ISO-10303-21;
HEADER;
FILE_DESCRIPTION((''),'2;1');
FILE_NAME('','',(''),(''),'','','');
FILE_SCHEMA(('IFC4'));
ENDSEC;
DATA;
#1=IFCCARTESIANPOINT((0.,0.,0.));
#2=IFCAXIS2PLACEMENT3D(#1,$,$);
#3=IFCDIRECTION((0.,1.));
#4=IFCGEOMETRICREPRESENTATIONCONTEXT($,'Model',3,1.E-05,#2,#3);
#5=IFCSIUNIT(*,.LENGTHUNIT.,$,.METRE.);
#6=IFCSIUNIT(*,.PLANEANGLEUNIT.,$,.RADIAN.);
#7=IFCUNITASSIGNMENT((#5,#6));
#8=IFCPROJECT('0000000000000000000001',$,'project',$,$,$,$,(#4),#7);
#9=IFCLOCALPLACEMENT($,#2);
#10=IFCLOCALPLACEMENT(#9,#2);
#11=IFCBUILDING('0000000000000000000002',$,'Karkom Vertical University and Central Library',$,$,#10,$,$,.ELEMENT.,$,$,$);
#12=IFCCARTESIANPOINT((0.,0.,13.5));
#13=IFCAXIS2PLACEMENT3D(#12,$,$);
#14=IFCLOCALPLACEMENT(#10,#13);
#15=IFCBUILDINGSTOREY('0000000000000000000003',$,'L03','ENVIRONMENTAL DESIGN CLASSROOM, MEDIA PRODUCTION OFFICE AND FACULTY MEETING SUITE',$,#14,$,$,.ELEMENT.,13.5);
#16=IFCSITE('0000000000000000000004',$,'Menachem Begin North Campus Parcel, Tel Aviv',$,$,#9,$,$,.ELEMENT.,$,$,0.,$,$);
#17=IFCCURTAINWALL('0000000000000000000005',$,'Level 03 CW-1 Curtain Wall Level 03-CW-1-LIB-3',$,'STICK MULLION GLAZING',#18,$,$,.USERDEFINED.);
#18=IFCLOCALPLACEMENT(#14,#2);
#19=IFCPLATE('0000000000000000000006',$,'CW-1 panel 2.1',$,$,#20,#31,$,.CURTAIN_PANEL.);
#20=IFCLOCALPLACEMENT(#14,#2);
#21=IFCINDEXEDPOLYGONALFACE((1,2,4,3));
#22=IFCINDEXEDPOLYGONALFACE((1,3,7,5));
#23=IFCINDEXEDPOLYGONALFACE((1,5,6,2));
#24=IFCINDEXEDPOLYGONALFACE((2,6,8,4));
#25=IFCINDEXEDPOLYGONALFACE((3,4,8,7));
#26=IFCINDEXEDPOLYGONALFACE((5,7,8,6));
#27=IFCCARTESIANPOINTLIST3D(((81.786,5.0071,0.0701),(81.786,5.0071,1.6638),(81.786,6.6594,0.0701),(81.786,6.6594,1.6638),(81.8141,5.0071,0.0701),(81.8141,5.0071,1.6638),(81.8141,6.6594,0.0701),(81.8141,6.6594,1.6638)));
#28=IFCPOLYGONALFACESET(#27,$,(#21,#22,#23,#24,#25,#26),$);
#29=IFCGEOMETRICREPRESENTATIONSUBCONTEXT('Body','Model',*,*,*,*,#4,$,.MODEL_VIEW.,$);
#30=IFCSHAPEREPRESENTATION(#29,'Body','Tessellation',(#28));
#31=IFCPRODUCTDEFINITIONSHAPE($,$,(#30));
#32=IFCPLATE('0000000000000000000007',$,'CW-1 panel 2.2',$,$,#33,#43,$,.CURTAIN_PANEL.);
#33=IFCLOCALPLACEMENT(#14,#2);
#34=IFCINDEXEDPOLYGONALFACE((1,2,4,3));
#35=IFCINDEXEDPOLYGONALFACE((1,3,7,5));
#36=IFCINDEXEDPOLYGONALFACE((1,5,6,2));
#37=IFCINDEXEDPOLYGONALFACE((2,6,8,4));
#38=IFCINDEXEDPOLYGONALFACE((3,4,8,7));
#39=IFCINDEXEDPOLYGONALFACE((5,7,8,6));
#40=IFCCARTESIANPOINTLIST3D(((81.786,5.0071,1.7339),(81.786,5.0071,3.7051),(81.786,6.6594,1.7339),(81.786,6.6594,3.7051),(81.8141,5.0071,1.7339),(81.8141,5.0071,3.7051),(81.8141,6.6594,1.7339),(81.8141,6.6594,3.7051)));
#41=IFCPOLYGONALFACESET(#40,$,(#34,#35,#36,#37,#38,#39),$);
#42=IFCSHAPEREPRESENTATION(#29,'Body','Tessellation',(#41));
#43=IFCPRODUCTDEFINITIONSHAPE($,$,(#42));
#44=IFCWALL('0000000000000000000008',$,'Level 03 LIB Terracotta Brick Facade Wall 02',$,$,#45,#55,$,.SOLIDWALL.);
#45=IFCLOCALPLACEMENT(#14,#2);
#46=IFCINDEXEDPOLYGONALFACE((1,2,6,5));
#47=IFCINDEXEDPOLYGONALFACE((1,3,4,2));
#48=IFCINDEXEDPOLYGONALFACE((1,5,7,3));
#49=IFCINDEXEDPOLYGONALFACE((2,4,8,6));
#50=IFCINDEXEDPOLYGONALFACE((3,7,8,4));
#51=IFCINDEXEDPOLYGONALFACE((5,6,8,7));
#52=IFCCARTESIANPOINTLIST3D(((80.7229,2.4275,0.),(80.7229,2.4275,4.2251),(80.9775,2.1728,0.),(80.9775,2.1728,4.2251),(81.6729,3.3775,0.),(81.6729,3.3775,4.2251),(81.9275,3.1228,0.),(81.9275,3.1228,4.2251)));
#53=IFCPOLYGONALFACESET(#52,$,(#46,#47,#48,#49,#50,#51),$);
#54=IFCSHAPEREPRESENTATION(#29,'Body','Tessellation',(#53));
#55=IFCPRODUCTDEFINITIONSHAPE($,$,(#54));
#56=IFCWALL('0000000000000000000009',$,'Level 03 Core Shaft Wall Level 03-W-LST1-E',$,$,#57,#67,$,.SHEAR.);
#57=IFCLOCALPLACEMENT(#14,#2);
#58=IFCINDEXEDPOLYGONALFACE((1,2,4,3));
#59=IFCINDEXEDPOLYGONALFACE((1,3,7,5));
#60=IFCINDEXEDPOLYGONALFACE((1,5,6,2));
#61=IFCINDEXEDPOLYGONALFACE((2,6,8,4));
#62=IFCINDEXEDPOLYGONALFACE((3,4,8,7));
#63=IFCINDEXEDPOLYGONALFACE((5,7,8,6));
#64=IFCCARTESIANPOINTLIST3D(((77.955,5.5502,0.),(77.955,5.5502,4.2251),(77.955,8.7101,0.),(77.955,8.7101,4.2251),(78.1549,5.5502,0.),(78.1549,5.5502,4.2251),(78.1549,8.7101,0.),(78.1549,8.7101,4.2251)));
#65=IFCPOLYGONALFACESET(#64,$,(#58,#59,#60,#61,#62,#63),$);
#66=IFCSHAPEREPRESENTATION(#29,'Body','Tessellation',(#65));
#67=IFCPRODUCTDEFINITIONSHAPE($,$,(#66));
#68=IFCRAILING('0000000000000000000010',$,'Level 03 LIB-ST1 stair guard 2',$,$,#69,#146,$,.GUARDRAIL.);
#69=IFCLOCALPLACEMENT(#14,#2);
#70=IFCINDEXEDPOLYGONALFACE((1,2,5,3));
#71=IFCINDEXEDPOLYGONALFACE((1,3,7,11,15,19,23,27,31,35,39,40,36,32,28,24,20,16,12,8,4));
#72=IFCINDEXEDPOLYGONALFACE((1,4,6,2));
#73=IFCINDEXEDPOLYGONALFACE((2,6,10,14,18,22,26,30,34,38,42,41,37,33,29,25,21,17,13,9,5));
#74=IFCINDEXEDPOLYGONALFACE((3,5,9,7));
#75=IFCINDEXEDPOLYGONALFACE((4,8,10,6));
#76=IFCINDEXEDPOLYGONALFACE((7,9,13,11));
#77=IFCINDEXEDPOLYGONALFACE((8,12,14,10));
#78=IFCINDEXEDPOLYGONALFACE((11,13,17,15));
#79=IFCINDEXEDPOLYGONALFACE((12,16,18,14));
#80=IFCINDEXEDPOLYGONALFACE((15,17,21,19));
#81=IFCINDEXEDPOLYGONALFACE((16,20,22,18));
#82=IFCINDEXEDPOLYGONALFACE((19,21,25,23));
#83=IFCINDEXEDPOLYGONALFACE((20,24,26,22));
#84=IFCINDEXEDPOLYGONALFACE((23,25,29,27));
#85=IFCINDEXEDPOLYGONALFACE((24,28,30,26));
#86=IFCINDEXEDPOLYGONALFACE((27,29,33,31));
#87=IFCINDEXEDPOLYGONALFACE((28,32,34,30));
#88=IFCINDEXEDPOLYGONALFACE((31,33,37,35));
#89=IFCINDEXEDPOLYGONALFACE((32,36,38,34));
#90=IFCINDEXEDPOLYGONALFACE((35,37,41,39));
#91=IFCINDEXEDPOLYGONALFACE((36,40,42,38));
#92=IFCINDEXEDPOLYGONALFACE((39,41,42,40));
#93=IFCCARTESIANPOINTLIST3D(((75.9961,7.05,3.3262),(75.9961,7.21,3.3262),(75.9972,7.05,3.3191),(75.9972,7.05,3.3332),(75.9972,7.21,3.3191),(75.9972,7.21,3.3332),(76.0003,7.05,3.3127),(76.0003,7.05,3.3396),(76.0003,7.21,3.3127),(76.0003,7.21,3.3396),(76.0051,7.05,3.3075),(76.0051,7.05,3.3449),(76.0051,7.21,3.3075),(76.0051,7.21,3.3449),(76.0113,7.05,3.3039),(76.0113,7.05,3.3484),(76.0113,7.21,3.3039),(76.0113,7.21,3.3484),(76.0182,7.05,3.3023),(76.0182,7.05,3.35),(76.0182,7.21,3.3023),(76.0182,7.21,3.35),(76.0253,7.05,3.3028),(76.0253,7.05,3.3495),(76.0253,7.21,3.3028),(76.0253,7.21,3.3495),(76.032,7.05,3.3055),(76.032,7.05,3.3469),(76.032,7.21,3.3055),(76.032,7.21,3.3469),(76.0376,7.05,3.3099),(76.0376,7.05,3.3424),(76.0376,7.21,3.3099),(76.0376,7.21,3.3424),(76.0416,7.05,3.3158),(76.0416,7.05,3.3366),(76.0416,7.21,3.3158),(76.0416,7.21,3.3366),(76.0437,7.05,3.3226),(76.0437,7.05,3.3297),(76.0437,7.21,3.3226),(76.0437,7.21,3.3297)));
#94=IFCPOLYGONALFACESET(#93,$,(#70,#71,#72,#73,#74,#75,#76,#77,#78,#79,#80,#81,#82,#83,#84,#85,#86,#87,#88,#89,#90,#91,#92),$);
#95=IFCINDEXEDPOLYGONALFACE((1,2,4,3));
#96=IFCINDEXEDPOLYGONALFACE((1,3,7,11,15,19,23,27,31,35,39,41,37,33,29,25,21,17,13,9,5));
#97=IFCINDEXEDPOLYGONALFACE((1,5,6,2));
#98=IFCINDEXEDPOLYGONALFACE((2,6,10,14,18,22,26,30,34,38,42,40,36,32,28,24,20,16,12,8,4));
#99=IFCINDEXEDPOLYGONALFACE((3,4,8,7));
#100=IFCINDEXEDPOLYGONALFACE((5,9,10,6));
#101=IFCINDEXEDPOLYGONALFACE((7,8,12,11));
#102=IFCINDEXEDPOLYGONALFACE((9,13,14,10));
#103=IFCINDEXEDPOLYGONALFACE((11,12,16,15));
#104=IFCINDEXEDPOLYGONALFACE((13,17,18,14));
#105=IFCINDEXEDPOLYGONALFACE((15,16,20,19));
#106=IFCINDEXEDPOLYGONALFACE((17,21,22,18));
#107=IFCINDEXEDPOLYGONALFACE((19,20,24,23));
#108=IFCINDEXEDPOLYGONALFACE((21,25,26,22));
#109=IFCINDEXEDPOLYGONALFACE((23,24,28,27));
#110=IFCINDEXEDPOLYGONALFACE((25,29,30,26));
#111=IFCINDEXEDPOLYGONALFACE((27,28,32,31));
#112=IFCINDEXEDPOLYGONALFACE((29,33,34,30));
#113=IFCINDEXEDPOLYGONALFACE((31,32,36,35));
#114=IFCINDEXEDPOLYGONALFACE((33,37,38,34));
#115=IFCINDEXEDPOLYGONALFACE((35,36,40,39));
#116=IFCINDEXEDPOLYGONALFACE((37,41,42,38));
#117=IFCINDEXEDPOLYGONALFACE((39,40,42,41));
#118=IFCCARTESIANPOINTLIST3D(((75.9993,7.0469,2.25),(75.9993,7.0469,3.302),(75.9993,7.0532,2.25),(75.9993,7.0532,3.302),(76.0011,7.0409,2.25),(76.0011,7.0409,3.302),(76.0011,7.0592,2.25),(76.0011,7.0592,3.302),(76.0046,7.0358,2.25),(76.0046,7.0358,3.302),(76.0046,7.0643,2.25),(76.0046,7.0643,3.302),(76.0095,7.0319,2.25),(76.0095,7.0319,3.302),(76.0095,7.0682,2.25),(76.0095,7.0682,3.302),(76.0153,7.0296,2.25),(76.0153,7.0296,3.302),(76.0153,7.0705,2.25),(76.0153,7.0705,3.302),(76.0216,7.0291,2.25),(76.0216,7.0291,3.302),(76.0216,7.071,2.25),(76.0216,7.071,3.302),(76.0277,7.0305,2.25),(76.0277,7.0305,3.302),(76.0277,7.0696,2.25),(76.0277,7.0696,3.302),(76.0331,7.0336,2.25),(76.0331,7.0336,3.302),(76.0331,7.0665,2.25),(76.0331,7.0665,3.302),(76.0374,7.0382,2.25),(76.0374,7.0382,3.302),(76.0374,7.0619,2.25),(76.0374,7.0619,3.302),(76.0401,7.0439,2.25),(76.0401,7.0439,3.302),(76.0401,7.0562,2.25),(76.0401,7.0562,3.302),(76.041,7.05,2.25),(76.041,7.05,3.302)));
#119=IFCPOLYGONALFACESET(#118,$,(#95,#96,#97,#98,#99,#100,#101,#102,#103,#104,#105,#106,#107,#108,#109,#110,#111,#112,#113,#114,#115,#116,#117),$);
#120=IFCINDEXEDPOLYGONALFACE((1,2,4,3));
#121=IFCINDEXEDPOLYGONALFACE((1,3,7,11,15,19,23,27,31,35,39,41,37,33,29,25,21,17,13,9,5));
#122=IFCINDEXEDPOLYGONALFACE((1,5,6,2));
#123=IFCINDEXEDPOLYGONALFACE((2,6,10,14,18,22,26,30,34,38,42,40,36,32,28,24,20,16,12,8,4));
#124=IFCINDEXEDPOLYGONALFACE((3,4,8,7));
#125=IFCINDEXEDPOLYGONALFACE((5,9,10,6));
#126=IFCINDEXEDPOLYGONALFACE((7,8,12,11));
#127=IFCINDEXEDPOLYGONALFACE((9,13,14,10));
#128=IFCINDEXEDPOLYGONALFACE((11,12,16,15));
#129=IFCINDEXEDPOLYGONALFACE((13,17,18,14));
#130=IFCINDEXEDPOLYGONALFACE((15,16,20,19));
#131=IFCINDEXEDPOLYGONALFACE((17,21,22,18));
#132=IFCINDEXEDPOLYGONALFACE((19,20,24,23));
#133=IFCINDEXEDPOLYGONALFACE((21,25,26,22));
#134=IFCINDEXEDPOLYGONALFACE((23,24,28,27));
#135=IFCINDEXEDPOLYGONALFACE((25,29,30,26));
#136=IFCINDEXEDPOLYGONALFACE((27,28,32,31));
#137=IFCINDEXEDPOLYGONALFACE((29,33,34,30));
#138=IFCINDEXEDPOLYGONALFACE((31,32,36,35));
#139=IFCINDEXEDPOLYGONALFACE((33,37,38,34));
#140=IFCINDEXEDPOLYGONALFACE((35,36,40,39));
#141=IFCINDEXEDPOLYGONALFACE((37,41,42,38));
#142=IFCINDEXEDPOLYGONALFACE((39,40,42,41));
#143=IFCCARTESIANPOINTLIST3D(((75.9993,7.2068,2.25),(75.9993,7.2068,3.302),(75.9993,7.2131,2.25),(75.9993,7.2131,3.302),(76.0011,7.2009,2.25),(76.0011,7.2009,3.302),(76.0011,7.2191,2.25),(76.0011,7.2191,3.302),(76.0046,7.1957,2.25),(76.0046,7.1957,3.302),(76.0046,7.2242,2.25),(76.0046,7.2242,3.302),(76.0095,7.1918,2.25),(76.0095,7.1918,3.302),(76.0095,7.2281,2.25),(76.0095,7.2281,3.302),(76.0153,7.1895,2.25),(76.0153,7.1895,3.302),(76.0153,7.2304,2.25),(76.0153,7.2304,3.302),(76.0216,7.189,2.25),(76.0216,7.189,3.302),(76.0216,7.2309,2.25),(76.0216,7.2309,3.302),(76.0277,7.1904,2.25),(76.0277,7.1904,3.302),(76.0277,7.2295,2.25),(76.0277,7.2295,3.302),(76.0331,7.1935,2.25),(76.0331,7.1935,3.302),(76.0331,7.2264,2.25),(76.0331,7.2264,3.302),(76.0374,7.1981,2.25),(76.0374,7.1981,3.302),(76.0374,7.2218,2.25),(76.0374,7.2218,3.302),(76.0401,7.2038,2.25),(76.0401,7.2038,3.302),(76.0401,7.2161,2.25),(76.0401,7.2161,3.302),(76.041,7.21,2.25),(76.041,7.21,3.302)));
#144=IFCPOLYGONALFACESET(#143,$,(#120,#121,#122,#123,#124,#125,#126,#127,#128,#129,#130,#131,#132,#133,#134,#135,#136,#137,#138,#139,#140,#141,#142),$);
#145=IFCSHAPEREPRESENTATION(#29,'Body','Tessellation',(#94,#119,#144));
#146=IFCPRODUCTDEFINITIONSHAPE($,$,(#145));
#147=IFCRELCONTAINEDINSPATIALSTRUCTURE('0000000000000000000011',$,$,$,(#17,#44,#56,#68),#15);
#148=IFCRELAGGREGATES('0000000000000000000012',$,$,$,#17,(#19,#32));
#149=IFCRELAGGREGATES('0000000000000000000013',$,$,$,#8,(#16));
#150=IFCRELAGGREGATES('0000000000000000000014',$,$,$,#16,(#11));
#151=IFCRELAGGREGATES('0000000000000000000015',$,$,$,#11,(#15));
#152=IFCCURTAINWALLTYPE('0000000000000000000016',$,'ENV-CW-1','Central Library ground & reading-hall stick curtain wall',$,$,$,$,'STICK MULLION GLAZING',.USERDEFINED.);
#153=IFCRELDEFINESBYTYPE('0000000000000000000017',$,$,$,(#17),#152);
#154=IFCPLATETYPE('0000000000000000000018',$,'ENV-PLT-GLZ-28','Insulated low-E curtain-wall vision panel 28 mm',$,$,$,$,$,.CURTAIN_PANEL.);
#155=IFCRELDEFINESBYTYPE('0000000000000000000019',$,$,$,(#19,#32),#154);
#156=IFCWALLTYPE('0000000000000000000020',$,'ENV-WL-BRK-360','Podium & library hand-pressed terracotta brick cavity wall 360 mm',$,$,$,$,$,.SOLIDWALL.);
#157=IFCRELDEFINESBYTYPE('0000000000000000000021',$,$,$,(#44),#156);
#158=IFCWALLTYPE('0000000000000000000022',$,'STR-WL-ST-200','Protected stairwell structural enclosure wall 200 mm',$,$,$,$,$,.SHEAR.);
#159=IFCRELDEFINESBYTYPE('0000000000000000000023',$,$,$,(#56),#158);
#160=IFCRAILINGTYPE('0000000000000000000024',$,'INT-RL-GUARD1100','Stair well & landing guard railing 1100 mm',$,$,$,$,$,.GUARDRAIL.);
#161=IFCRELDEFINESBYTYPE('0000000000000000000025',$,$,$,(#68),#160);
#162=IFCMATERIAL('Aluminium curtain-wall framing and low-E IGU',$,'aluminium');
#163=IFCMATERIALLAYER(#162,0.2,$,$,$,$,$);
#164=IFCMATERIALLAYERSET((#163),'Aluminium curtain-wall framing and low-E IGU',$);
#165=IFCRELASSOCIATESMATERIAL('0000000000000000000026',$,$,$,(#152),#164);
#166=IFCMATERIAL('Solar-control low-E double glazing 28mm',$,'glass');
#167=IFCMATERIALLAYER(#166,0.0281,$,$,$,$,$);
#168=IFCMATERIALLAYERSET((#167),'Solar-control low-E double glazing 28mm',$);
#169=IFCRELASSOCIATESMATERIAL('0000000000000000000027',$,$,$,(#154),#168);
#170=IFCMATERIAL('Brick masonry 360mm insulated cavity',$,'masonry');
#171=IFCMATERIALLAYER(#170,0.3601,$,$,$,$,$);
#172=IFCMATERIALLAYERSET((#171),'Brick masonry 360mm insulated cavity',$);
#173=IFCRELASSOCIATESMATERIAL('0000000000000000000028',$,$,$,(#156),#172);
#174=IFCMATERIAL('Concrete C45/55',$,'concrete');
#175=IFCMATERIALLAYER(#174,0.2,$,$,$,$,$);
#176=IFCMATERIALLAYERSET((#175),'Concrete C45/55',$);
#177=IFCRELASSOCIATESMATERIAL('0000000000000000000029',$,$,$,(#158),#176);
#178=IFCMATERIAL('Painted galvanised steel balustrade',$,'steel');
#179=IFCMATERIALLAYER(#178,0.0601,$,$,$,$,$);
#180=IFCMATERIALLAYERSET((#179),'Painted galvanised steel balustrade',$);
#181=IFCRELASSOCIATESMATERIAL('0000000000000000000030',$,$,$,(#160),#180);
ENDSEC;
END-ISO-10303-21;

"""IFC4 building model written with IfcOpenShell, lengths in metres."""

from ifc_helpers import new_model, si_unit, direction, frame, frame_2d, origin, origin_with_axes, origin_2d, place, context, subcontext, project, spatial, rectangle, circle, extrude, source, transform, mapped, material, layer, layer_set, type_object, element, aggregate, save


model = new_model("IFC4")

# Units and contexts
model_context = context("Model", 3, precision=1e-05, world=origin(), true_north=direction((0.0, 1.0)))
body_context = subcontext(model_context, "Body", "Model", "MODEL_VIEW")
ifc_project = project(units=[si_unit("LENGTHUNIT", "METRE"), si_unit("PLANEANGLEUNIT", "RADIAN")], contexts=[model_context])

# Site, building, storey
site_placement = place(None, origin())
site = spatial("IfcSite", under=ifc_project, at=site_placement, Name="Menachem Begin North Campus Parcel, Tel Aviv", CompositionType="ELEMENT", RefElevation=0.0)
building_placement = place(site_placement, origin())
building = spatial("IfcBuilding", under=site, at=building_placement, Name="Karkom Vertical University and Central Library", CompositionType="ELEMENT")
storey_placement = place(building_placement, frame((0.0, 0.0, 13.5)))
storey = spatial("IfcBuildingStorey", under=building, at=storey_placement, Name="L03", Description="ENVIRONMENTAL DESIGN CLASSROOM, MEDIA PRODUCTION OFFICE AND FACULTY MEETING SUITE", CompositionType="ELEMENT", Elevation=13.5)

# Shared definitions
ifc_material_1 = material(Name="Concrete C45/55", Category="concrete")

# Curtain wall, plates
ifc_material_2 = material(Name="Aluminium curtain-wall framing and low-E IGU", Category="aluminium")
ifc_layer_1 = layer(ifc_material_2, 0.2)
ifc_layer_set_1 = layer_set([ifc_layer_1], Name="Aluminium curtain-wall framing and low-E IGU")
curtain_wall_type = type_object("IfcCurtainWallType", Name="ENV-CW-1", Description="Central Library ground & reading-hall stick curtain wall", ElementType="STICK MULLION GLAZING", PredefinedType="USERDEFINED", material=ifc_layer_set_1)
curtain_wall_placement = place(storey_placement, origin())
curtain_wall = element("IfcCurtainWall", 1, at=curtain_wall_placement, inside=storey, type_object=curtain_wall_type, Name="Level 03 CW-1 Curtain Wall Level 03-CW-1-LIB-3", ObjectType="STICK MULLION GLAZING", PredefinedType="USERDEFINED")
ifc_material_3 = material(Name="Solar-control low-E double glazing 28mm", Category="glass")
ifc_layer_2 = layer(ifc_material_3, 0.0281)
ifc_layer_set_2 = layer_set([ifc_layer_2], Name="Solar-control low-E double glazing 28mm")
plate_type = type_object("IfcPlateType", Name="ENV-PLT-GLZ-28", Description="Insulated low-E curtain-wall vision panel 28 mm", PredefinedType="CURTAIN_PANEL", material=ifc_layer_set_2)
shared_shape_1 = source(origin_with_axes(), body_context, "Body", "SweptSolid", [
    extrude(rectangle(XDim=1.6523, YDim=0.0281, at=origin_2d()), origin(), (0.0, 0.0, 1.0), 1.5938),
])
plate_1_placement = place(storey_placement, frame((81.8, 5.8333, 0.0701), z_axis=(0.0, 0.0, 1.0), x_axis=(0.0, 1.0, 0.0)))
plate_1 = element("IfcPlate", 2, at=plate_1_placement, type_object=plate_type, Name="CW-1 panel 2.1", PredefinedType="CURTAIN_PANEL", context=body_context, shape_type="MappedRepresentation", body=[
    mapped(shared_shape_1, transform((0.0, 0.0, 0.0), scale=1.0)),
])
shared_shape_2 = source(origin_with_axes(), body_context, "Body", "SweptSolid", [
    extrude(rectangle(XDim=1.6523, YDim=0.0281, at=origin_2d()), origin(), (0.0, 0.0, 1.0), 1.9712),
])
plate_2_placement = place(storey_placement, frame((81.8, 5.8333, 1.7339), z_axis=(0.0, 0.0, 1.0), x_axis=(0.0, 1.0, 0.0)))
plate_2 = element("IfcPlate", 3, at=plate_2_placement, type_object=plate_type, Name="CW-1 panel 2.2", PredefinedType="CURTAIN_PANEL", context=body_context, shape_type="MappedRepresentation", body=[
    mapped(shared_shape_2, transform((0.0, 0.0, 0.0), scale=1.0)),
])
aggregate(curtain_wall, [plate_1, plate_2])

# Walls
ifc_material_4 = material(Name="Brick masonry 360mm insulated cavity", Category="masonry")
ifc_layer_3 = layer(ifc_material_4, 0.3601)
ifc_layer_set_3 = layer_set([ifc_layer_3], Name="Brick masonry 360mm insulated cavity")
wall_type_1 = type_object("IfcWallType", Name="ENV-WL-BRK-360", Description="Podium & library hand-pressed terracotta brick cavity wall 360 mm", PredefinedType="SOLIDWALL", material=ifc_layer_set_3)
wall_1_placement = place(storey_placement, frame((80.8501, 2.3, 0.0), z_axis=(0.0, 0.0, 1.0), x_axis=(0.707107, 0.707107, 0.0)))
element("IfcWall", 4, at=wall_1_placement, inside=storey, type_object=wall_type_1, Name="Level 03 LIB Terracotta Brick Facade Wall 02", PredefinedType="SOLIDWALL", context=body_context, shape_type="SweptSolid", body=[
    extrude(rectangle(XDim=1.3435, YDim=0.3601, at=frame_2d((0.6719, 0.0))), origin(), (0.0, 0.0, 1.0), 4.2251),
])
ifc_layer_4 = layer(ifc_material_1, 0.2)
ifc_layer_set_4 = layer_set([ifc_layer_4], Name="Concrete C45/55")
wall_type_2 = type_object("IfcWallType", Name="STR-WL-ST-200", Description="Protected stairwell structural enclosure wall 200 mm", PredefinedType="SHEAR", material=ifc_layer_set_4)
wall_2_placement = place(storey_placement, frame((78.0549, 5.55, 0.0), z_axis=(0.0, 0.0, 1.0), x_axis=(0.0, 1.0, 0.0)))
element("IfcWall", 5, at=wall_2_placement, inside=storey, type_object=wall_type_2, Name="Level 03 Core Shaft Wall Level 03-W-LST1-E", PredefinedType="SHEAR", context=body_context, shape_type="SweptSolid", body=[
    extrude(rectangle(XDim=3.1599, YDim=0.2, at=frame_2d((1.5801, 0.0))), origin(), (0.0, 0.0, 1.0), 4.2251),
])

# Railing
ifc_material_5 = material(Name="Painted galvanised steel balustrade", Category="steel")
ifc_layer_5 = layer(ifc_material_5, 0.0601)
ifc_layer_set_5 = layer_set([ifc_layer_5], Name="Painted galvanised steel balustrade")
railing_type = type_object("IfcRailingType", Name="INT-RL-GUARD1100", Description="Stair well & landing guard railing 1100 mm", PredefinedType="GUARDRAIL", material=ifc_layer_set_5)
railing_1_placement = place(storey_placement, frame((76.02, 7.05, 2.25)))
element("IfcRailing", 6, at=railing_1_placement, inside=storey, type_object=railing_type, Name="Level 03 LIB-ST1 stair guard 2", PredefinedType="GUARDRAIL", context=body_context, shape_type="SweptSolid", body=[
    extrude(circle(Radius=0.0239, at=origin_2d()), frame((0.0, 0.0, 1.0762), z_axis=(0.0, 1.0, 0.0), x_axis=(-1.0, 0.0, 0.0)), (0.0, 0.0, 1.0), 0.1599),
    extrude(circle(Radius=0.021, at=origin_2d()), origin(), (0.0, 0.0, 1.0), 1.052),
    extrude(circle(Radius=0.021, at=origin_2d()), frame((0.0, 0.1599, 0.0)), (0.0, 0.0, 1.0), 1.052),
])

save(model, "model.ifc")
